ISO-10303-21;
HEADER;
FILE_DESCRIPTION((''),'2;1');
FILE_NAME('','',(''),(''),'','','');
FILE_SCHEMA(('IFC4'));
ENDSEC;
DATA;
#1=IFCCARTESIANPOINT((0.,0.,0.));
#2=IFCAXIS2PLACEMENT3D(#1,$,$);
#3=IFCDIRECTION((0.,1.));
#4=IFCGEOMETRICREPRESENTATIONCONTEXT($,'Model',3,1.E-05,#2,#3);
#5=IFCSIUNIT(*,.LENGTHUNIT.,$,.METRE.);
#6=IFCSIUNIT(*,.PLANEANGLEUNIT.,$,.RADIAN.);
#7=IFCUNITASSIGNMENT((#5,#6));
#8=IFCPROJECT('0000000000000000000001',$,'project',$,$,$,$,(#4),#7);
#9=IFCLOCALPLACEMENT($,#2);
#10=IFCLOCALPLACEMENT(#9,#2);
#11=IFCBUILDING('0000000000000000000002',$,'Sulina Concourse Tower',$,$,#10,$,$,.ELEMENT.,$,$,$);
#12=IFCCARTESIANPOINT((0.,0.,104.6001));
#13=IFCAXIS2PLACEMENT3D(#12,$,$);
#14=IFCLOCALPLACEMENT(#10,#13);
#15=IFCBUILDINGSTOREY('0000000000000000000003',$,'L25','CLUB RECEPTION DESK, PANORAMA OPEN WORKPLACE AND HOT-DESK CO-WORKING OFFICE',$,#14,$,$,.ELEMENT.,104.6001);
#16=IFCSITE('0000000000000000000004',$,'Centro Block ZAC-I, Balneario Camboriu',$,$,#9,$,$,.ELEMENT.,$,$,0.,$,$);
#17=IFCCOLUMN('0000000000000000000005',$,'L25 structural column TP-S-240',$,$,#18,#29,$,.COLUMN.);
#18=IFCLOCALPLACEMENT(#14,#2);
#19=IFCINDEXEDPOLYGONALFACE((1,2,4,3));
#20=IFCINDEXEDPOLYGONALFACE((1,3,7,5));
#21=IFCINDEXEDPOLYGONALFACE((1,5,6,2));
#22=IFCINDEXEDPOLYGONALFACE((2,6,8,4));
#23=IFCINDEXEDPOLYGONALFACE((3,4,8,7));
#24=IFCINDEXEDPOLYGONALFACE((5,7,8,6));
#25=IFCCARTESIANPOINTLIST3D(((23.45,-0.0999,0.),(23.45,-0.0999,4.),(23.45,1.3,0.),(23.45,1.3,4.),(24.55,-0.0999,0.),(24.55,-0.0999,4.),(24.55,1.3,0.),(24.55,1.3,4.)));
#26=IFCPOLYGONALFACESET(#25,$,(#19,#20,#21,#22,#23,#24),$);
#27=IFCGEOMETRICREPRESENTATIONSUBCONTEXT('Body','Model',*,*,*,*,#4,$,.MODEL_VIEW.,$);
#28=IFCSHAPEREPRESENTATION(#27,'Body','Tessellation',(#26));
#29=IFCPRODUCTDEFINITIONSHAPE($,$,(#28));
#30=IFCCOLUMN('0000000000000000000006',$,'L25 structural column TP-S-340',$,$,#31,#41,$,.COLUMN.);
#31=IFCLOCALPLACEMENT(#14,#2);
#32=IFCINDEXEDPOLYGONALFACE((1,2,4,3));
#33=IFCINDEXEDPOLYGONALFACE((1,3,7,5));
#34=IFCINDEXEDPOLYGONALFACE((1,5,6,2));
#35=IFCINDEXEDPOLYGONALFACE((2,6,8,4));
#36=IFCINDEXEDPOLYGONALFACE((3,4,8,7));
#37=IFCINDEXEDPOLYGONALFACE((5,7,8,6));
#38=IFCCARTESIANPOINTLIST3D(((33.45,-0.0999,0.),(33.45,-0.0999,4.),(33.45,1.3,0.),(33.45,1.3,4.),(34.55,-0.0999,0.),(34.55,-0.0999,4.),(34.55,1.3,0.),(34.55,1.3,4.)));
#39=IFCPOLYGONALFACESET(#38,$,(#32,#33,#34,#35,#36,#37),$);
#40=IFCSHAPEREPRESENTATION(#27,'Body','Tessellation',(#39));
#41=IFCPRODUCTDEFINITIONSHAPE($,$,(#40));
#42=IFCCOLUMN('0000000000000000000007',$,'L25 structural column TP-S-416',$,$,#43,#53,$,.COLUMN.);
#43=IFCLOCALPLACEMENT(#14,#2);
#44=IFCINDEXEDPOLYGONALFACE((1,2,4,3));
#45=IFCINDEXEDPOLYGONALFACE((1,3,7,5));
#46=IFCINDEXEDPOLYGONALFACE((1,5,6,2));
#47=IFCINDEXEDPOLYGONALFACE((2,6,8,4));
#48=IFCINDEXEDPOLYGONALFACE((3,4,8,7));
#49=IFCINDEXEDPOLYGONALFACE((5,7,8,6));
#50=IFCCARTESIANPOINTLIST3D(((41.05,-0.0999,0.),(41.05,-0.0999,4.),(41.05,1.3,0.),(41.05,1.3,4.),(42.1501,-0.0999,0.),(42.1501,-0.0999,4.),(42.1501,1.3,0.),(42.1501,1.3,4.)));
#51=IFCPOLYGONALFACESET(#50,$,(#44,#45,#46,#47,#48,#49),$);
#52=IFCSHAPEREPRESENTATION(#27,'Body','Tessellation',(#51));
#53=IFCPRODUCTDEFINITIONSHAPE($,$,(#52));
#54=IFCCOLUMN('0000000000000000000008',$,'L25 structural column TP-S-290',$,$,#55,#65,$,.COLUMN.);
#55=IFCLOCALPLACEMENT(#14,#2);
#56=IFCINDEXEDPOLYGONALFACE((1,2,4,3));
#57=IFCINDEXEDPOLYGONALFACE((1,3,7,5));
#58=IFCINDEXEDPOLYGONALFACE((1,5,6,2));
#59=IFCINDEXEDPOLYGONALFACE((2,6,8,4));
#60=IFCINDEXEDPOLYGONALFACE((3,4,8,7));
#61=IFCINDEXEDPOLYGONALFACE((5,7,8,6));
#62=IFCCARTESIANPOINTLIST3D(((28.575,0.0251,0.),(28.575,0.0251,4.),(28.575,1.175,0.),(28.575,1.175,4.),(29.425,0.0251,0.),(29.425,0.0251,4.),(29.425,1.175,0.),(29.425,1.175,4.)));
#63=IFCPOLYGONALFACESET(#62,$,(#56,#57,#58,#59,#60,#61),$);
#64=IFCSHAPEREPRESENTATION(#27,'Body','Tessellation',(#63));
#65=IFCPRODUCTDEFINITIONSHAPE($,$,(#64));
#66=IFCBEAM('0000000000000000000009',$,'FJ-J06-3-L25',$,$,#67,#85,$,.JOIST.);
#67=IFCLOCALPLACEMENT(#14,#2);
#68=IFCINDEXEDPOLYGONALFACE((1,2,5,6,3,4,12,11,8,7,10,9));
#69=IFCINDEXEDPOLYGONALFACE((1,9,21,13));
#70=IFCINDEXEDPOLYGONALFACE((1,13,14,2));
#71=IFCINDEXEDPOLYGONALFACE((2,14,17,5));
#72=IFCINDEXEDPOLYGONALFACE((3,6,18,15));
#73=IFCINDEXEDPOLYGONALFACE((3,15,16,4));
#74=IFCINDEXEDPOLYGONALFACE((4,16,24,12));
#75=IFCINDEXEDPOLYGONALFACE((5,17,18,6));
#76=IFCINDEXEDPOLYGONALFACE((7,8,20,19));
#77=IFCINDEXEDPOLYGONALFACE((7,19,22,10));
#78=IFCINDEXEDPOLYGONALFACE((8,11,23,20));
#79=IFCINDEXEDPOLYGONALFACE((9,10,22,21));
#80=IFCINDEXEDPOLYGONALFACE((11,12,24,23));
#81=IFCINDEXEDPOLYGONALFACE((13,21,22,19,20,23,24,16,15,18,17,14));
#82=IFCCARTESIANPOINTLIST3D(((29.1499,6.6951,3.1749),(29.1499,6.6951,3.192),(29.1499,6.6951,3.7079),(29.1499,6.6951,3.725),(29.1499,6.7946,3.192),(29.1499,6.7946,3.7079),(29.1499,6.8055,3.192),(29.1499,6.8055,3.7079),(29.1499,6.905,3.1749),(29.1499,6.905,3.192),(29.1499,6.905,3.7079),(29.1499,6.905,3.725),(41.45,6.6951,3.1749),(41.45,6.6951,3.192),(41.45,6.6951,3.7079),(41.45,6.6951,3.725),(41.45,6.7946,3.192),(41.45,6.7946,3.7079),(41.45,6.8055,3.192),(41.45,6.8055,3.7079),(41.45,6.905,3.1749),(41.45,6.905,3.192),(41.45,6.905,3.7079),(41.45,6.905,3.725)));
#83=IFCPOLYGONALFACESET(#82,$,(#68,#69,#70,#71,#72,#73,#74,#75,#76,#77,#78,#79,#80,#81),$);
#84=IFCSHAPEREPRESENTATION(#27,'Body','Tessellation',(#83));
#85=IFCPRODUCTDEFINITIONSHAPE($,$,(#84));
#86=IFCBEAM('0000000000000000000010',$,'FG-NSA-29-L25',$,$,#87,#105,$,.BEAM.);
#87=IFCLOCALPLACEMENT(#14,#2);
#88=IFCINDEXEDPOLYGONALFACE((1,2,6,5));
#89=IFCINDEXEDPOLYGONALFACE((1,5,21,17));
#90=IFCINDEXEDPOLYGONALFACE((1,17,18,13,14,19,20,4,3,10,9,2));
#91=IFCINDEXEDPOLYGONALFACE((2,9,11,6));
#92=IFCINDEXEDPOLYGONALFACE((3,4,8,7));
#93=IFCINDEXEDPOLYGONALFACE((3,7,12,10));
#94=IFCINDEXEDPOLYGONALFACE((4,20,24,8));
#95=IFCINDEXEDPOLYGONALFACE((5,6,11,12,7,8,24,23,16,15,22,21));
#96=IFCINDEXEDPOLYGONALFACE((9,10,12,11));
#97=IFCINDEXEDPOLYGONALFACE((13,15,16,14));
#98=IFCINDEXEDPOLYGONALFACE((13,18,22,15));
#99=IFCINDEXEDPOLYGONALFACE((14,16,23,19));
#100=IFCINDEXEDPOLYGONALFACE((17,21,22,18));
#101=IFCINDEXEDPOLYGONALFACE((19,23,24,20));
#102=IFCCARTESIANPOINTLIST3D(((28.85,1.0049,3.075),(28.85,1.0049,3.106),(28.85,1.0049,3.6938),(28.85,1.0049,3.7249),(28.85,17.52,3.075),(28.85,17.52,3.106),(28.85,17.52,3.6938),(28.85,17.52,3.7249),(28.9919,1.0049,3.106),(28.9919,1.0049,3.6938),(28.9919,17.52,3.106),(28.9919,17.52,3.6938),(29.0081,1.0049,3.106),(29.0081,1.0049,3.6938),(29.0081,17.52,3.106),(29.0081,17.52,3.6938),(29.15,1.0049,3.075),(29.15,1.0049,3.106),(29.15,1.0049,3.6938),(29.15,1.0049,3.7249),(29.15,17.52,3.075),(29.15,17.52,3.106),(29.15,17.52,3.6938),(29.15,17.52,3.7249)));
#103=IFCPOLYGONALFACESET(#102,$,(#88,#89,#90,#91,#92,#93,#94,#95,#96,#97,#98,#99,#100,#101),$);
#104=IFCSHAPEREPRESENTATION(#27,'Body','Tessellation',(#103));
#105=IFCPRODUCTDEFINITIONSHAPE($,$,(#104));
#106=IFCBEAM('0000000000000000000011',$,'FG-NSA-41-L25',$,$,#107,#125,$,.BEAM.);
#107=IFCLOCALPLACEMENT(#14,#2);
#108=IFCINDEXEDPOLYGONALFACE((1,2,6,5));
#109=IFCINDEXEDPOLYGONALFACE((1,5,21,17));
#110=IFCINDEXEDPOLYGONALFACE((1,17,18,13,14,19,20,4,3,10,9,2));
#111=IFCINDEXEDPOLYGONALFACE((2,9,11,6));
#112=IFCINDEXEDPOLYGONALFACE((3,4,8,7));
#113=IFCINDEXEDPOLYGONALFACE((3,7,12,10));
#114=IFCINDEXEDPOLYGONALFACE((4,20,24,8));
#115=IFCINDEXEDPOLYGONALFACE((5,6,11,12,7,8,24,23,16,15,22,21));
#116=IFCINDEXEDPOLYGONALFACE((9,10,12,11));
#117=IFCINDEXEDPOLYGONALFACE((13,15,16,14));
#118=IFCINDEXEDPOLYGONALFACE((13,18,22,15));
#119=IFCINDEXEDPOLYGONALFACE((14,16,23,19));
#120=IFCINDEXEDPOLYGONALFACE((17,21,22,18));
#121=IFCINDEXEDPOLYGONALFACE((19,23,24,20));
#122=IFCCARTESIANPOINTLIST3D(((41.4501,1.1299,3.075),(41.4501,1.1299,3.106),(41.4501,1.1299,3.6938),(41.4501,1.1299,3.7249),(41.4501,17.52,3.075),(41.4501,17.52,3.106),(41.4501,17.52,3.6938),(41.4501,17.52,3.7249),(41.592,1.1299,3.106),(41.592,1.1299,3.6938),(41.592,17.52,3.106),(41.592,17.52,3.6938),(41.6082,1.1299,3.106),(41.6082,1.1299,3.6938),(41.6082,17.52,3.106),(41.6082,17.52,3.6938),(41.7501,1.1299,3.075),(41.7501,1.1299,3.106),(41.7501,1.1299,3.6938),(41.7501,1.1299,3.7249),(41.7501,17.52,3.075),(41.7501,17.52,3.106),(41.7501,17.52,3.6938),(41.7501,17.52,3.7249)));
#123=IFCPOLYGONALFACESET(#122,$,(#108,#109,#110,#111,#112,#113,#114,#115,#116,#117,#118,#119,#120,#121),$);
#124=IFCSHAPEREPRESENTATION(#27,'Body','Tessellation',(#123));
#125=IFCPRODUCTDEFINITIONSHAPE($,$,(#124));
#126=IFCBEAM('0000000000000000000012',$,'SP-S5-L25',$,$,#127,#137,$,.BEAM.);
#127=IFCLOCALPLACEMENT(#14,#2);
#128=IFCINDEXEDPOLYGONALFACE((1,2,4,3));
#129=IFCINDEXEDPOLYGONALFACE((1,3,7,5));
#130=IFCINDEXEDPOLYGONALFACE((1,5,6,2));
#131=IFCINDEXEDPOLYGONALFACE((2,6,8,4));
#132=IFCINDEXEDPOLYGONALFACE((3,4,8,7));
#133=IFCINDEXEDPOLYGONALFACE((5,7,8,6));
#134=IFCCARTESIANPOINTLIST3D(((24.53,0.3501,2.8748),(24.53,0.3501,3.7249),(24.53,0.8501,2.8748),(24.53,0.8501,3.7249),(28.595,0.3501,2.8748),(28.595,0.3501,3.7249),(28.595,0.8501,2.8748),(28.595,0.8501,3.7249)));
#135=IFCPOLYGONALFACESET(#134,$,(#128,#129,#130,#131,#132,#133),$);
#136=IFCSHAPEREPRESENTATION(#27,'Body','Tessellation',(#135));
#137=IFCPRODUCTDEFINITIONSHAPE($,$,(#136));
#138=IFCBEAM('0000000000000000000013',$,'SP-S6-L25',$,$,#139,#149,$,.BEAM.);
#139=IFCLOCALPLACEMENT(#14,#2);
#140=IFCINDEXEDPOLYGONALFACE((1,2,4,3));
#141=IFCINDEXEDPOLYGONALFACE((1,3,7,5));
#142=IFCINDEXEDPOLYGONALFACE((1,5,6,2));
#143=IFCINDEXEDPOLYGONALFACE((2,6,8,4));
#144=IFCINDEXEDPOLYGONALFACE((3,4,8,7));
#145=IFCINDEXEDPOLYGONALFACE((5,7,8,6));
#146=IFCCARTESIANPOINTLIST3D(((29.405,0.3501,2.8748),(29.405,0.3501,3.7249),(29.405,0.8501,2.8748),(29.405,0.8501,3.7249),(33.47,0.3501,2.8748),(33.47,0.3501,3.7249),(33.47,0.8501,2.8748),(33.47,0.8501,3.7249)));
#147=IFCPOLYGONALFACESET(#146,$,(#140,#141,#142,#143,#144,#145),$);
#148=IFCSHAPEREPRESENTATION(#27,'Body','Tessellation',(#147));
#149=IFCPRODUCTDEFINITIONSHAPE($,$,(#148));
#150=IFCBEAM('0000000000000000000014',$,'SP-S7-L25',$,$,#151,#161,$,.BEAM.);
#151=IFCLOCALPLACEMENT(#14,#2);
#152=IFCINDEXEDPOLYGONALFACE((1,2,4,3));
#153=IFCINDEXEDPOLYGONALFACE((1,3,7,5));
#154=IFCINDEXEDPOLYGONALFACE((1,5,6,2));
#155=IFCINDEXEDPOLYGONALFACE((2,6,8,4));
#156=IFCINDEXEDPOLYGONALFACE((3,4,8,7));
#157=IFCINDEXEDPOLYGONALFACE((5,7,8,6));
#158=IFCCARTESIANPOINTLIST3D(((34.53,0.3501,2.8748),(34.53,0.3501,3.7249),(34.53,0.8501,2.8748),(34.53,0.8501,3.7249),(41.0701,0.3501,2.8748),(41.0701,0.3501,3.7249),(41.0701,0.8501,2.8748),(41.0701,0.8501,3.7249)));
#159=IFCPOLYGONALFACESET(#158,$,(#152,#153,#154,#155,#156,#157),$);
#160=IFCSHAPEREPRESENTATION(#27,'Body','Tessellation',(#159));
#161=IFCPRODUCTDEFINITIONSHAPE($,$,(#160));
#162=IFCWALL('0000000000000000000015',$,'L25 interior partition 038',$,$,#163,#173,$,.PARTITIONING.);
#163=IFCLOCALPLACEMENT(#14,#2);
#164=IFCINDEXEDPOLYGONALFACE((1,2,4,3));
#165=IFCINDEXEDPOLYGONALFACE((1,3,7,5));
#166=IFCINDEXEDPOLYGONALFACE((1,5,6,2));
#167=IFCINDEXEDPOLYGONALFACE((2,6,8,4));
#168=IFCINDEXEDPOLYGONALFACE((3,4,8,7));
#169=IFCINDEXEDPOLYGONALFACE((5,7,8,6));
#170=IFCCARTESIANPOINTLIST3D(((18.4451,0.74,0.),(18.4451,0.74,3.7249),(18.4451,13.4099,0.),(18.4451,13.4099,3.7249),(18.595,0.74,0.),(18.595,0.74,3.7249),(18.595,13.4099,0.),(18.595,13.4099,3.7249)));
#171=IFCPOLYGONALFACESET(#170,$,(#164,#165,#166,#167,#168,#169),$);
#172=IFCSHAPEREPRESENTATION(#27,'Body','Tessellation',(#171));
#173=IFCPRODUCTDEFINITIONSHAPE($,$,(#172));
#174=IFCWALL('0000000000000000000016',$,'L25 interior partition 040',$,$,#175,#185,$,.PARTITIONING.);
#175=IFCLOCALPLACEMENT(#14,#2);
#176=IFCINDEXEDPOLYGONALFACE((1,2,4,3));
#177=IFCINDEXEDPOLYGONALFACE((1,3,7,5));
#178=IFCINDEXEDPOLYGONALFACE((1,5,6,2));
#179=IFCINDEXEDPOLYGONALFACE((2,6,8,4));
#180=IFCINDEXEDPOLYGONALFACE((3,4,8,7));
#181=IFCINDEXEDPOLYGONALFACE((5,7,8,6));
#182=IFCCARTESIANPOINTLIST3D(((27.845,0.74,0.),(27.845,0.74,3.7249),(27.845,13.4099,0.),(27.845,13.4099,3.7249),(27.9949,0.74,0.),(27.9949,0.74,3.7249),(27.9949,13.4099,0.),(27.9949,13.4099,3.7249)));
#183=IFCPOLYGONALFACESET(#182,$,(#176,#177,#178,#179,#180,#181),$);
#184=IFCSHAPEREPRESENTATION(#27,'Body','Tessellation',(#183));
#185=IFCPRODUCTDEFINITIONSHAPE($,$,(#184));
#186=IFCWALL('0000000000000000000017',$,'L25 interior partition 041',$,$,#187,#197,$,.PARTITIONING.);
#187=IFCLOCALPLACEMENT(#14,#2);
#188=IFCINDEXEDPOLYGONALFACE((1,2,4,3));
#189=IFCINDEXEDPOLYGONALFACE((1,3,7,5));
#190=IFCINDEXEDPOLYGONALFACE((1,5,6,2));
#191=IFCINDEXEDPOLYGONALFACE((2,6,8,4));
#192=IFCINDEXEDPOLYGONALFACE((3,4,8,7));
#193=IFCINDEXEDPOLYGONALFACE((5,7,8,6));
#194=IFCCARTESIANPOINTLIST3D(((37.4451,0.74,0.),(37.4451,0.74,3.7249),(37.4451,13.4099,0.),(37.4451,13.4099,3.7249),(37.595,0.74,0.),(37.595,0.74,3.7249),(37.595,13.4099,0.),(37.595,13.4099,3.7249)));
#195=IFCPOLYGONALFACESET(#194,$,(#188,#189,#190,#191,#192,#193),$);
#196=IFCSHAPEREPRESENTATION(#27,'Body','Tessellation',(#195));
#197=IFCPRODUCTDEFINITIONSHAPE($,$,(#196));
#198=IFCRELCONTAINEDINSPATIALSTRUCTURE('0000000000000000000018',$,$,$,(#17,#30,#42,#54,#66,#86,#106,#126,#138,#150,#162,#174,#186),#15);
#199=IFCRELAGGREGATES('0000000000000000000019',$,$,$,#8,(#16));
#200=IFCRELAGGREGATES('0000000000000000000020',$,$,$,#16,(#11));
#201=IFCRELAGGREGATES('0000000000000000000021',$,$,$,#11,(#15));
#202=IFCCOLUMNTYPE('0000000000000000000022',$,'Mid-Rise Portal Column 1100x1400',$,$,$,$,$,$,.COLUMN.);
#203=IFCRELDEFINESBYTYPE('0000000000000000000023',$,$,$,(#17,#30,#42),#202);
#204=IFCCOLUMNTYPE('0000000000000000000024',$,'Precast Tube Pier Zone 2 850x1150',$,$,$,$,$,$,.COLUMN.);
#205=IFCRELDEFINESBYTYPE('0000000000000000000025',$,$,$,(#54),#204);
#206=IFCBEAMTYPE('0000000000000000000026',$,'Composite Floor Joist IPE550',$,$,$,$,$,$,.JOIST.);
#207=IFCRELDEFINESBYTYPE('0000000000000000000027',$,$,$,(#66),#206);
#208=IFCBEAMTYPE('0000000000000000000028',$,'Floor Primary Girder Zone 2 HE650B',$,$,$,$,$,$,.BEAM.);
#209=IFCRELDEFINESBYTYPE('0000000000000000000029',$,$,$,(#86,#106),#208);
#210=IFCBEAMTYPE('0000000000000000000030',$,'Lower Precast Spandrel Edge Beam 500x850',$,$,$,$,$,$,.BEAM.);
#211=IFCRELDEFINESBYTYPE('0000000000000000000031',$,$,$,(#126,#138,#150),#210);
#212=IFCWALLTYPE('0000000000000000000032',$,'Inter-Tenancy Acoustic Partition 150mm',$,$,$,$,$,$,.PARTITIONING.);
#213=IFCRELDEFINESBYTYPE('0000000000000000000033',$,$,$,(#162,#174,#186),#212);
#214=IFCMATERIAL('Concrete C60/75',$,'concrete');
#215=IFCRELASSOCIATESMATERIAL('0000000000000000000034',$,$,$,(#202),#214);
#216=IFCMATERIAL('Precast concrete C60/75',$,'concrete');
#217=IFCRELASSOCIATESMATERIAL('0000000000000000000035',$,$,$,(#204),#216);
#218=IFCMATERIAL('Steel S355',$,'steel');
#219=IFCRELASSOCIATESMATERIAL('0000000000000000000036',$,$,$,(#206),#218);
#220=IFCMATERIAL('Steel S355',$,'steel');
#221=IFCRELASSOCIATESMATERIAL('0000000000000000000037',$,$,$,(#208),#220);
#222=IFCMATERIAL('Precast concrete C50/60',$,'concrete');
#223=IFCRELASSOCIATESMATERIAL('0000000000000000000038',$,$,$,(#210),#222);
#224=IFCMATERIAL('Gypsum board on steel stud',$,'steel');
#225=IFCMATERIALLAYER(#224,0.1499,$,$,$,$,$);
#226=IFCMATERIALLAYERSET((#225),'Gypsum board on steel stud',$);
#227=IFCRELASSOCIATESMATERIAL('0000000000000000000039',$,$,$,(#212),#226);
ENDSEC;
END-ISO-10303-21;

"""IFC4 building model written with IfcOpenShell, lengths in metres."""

from ifc_helpers import new_model, si_unit, direction, frame, frame_2d, origin, origin_2d, place, context, subcontext, project, spatial, rectangle, i_section, extrude, material, layer, layer_set, material_profile, profile_set, type_object, element, save


model = new_model("IFC4")

# Units and contexts
model_context = context("Model", 3, precision=1e-05, world=origin(), true_north=direction((0.0, 1.0)))
body_context = subcontext(model_context, "Body", "Model", "MODEL_VIEW")
ifc_project = project(units=[si_unit("LENGTHUNIT", "METRE"), si_unit("PLANEANGLEUNIT", "RADIAN")], contexts=[model_context])

# Site, building, storey
site_placement = place(None, origin())
site = spatial("IfcSite", under=ifc_project, at=site_placement, Name="Centro Block ZAC-I, Balneario Camboriu", CompositionType="ELEMENT", RefElevation=0.0)
building_placement = place(site_placement, origin())
building = spatial("IfcBuilding", under=site, at=building_placement, Name="Sulina Concourse Tower", CompositionType="ELEMENT")
storey_placement = place(building_placement, frame((0.0, 0.0, 104.6001)))
storey = spatial("IfcBuildingStorey", under=building, at=storey_placement, Name="L25", Description="CLUB RECEPTION DESK, PANORAMA OPEN WORKPLACE AND HOT-DESK CO-WORKING OFFICE", CompositionType="ELEMENT", Elevation=104.6001)

# Columns
ifc_material_1 = material(Name="Concrete C60/75", Category="concrete")
ifc_material_profile_1 = material_profile(ifc_material_1, rectangle(XDim=1.1001, YDim=1.3999, at=origin_2d()), Name="RC 1100x1400")
ifc_profile_set_1 = profile_set([ifc_material_profile_1], Name="Concrete C60/75")
column_type_1 = type_object("IfcColumnType", Name="Mid-Rise Portal Column 1100x1400", PredefinedType="COLUMN", material=ifc_profile_set_1)
for number, where, z_axis, x_axis, name in (
    (1, (24.0, 0.6001, 0.0), (0.0, 0.0, 1.0), (1.0, 0.0, 0.0), "L25 structural column TP-S-240"),
    (2, (34.0, 0.6001, 0.0), (0.0, 0.0, 1.0), (1.0, 0.0, 0.0), "L25 structural column TP-S-340"),
    (3, (41.6001, 0.6001, 0.0), (0.0, 0.0, 1.0), (1.0, 0.0, 0.0), "L25 structural column TP-S-416"),
):
    element("IfcColumn", number, at=place(storey_placement, frame(where, z_axis=z_axis, x_axis=x_axis)), inside=storey, type_object=column_type_1, Name=name, PredefinedType="COLUMN", context=body_context, shape_type="SweptSolid", body=[
        extrude(rectangle(XDim=1.1001, YDim=1.3999, at=origin_2d()), origin(), (0.0, 0.0, 1.0), 4.0),
    ])
ifc_material_2 = material(Name="Precast concrete C60/75", Category="concrete")
ifc_material_profile_2 = material_profile(ifc_material_2, rectangle(XDim=0.8501, YDim=1.1499, at=origin_2d()), Name="PC 850x1150")
ifc_profile_set_2 = profile_set([ifc_material_profile_2], Name="Precast concrete C60/75")
column_type_2 = type_object("IfcColumnType", Name="Precast Tube Pier Zone 2 850x1150", PredefinedType="COLUMN", material=ifc_profile_set_2)
column_placement = place(storey_placement, frame((29.0, 0.6001, 0.0), z_axis=(0.0, 0.0, 1.0), x_axis=(1.0, 0.0, 0.0)))
element("IfcColumn", 4, at=column_placement, inside=storey, type_object=column_type_2, Name="L25 structural column TP-S-290", PredefinedType="COLUMN", context=body_context, shape_type="SweptSolid", body=[
    extrude(rectangle(XDim=0.8501, YDim=1.1499, at=origin_2d()), origin(), (0.0, 0.0, 1.0), 4.0),
])

# Beams
ifc_material_3 = material(Name="Steel S355", Category="steel")
ifc_material_profile_3 = material_profile(ifc_material_3, i_section(OverallWidth=0.21, OverallDepth=0.55, WebThickness=0.011, FlangeThickness=0.0171, at=origin_2d()), Name="IPE 550")
ifc_profile_set_3 = profile_set([ifc_material_profile_3], Name="Steel S355")
beam_type_1 = type_object("IfcBeamType", Name="Composite Floor Joist IPE550", PredefinedType="JOIST", material=ifc_profile_set_3)
beam_1_placement = place(storey_placement, frame((29.1499, 6.8, 3.45), z_axis=(1.0, 0.0, 0.0), x_axis=(0.0, 1.0, 0.0)))
element("IfcBeam", 5, at=beam_1_placement, inside=storey, type_object=beam_type_1, Name="FJ-J06-3-L25", PredefinedType="JOIST", context=body_context, shape_type="SweptSolid", body=[
    extrude(i_section(OverallWidth=0.21, OverallDepth=0.55, WebThickness=0.011, FlangeThickness=0.0171, at=origin_2d()), origin(), (0.0, 0.0, 1.0), 12.3),
])
ifc_material_4 = material(Name="Steel S355", Category="steel")
ifc_material_profile_4 = material_profile(ifc_material_4, i_section(OverallWidth=0.3, OverallDepth=0.6499, WebThickness=0.0161, FlangeThickness=0.031, at=origin_2d()), Name="HE 650 B")
ifc_profile_set_4 = profile_set([ifc_material_profile_4], Name="Steel S355")
beam_type_2 = type_object("IfcBeamType", Name="Floor Primary Girder Zone 2 HE650B", PredefinedType="BEAM", material=ifc_profile_set_4)
beam_2_placement = place(storey_placement, frame((29.0, 1.0049, 3.3999), z_axis=(0.0, 1.0, 0.0), x_axis=(-1.0, 0.0, 0.0)))
element("IfcBeam", 6, at=beam_2_placement, inside=storey, type_object=beam_type_2, Name="FG-NSA-29-L25", PredefinedType="BEAM", context=body_context, shape_type="SweptSolid", body=[
    extrude(i_section(OverallWidth=0.3, OverallDepth=0.6499, WebThickness=0.0161, FlangeThickness=0.031, at=origin_2d()), origin(), (0.0, 0.0, 1.0), 16.5151),
])
beam_3_placement = place(storey_placement, frame((41.6001, 1.1299, 3.3999), z_axis=(0.0, 1.0, 0.0), x_axis=(-1.0, 0.0, 0.0)))
element("IfcBeam", 7, at=beam_3_placement, inside=storey, type_object=beam_type_2, Name="FG-NSA-41-L25", PredefinedType="BEAM", context=body_context, shape_type="SweptSolid", body=[
    extrude(i_section(OverallWidth=0.3, OverallDepth=0.6499, WebThickness=0.0161, FlangeThickness=0.031, at=origin_2d()), origin(), (0.0, 0.0, 1.0), 16.3901),
])
ifc_material_5 = material(Name="Precast concrete C50/60", Category="concrete")
ifc_material_profile_5 = material_profile(ifc_material_5, rectangle(XDim=0.5, YDim=0.8501, at=origin_2d()), Name="RC 500x850")
ifc_profile_set_5 = profile_set([ifc_material_profile_5], Name="Precast concrete C50/60")
beam_type_3 = type_object("IfcBeamType", Name="Lower Precast Spandrel Edge Beam 500x850", PredefinedType="BEAM", material=ifc_profile_set_5)
for number, where, z_axis, x_axis, name in (
    (8, (24.53, 0.6001, 3.2998), (1.0, 0.0, 0.0), (0.0, 1.0, 0.0), "SP-S5-L25"),
    (9, (29.405, 0.6001, 3.2998), (1.0, 0.0, 0.0), (0.0, 1.0, 0.0), "SP-S6-L25"),
):
    element("IfcBeam", number, at=place(storey_placement, frame(where, z_axis=z_axis, x_axis=x_axis)), inside=storey, type_object=beam_type_3, Name=name, PredefinedType="BEAM", context=body_context, shape_type="SweptSolid", body=[
        extrude(rectangle(XDim=0.5, YDim=0.8501, at=origin_2d()), origin(), (0.0, 0.0, 1.0), 4.0649),
    ])
beam_4_placement = place(storey_placement, frame((34.53, 0.6001, 3.2998), z_axis=(1.0, 0.0, 0.0), x_axis=(0.0, 1.0, 0.0)))
element("IfcBeam", 10, at=beam_4_placement, inside=storey, type_object=beam_type_3, Name="SP-S7-L25", PredefinedType="BEAM", context=body_context, shape_type="SweptSolid", body=[
    extrude(rectangle(XDim=0.5, YDim=0.8501, at=origin_2d()), origin(), (0.0, 0.0, 1.0), 6.54),
])

# Walls
ifc_material_6 = material(Name="Gypsum board on steel stud", Category="steel")
ifc_layer_1 = layer(ifc_material_6, 0.1499)
ifc_layer_set_1 = layer_set([ifc_layer_1], Name="Gypsum board on steel stud")
wall_type_1 = type_object("IfcWallType", Name="Inter-Tenancy Acoustic Partition 150mm", PredefinedType="PARTITIONING", material=ifc_layer_set_1)
for number, where, z_axis, x_axis, name in (
    (11, (18.52, 0.74, 0.0), (0.0, 0.0, 1.0), (0.0, 1.0, 0.0), "L25 interior partition 038"),
    (12, (27.9199, 0.74, 0.0), (0.0, 0.0, 1.0), (0.0, 1.0, 0.0), "L25 interior partition 040"),
    (13, (37.52, 0.74, 0.0), (0.0, 0.0, 1.0), (0.0, 1.0, 0.0), "L25 interior partition 041"),
):
    element("IfcWall", number, at=place(storey_placement, frame(where, z_axis=z_axis, x_axis=x_axis)), inside=storey, type_object=wall_type_1, Name=name, PredefinedType="PARTITIONING", context=body_context, shape_type="SweptSolid", body=[
        extrude(rectangle(XDim=12.6699, YDim=0.1499, at=frame_2d((6.335, 0.0))), origin(), (0.0, 0.0, 1.0), 3.7249),
    ])

save(model, "model.ifc")
